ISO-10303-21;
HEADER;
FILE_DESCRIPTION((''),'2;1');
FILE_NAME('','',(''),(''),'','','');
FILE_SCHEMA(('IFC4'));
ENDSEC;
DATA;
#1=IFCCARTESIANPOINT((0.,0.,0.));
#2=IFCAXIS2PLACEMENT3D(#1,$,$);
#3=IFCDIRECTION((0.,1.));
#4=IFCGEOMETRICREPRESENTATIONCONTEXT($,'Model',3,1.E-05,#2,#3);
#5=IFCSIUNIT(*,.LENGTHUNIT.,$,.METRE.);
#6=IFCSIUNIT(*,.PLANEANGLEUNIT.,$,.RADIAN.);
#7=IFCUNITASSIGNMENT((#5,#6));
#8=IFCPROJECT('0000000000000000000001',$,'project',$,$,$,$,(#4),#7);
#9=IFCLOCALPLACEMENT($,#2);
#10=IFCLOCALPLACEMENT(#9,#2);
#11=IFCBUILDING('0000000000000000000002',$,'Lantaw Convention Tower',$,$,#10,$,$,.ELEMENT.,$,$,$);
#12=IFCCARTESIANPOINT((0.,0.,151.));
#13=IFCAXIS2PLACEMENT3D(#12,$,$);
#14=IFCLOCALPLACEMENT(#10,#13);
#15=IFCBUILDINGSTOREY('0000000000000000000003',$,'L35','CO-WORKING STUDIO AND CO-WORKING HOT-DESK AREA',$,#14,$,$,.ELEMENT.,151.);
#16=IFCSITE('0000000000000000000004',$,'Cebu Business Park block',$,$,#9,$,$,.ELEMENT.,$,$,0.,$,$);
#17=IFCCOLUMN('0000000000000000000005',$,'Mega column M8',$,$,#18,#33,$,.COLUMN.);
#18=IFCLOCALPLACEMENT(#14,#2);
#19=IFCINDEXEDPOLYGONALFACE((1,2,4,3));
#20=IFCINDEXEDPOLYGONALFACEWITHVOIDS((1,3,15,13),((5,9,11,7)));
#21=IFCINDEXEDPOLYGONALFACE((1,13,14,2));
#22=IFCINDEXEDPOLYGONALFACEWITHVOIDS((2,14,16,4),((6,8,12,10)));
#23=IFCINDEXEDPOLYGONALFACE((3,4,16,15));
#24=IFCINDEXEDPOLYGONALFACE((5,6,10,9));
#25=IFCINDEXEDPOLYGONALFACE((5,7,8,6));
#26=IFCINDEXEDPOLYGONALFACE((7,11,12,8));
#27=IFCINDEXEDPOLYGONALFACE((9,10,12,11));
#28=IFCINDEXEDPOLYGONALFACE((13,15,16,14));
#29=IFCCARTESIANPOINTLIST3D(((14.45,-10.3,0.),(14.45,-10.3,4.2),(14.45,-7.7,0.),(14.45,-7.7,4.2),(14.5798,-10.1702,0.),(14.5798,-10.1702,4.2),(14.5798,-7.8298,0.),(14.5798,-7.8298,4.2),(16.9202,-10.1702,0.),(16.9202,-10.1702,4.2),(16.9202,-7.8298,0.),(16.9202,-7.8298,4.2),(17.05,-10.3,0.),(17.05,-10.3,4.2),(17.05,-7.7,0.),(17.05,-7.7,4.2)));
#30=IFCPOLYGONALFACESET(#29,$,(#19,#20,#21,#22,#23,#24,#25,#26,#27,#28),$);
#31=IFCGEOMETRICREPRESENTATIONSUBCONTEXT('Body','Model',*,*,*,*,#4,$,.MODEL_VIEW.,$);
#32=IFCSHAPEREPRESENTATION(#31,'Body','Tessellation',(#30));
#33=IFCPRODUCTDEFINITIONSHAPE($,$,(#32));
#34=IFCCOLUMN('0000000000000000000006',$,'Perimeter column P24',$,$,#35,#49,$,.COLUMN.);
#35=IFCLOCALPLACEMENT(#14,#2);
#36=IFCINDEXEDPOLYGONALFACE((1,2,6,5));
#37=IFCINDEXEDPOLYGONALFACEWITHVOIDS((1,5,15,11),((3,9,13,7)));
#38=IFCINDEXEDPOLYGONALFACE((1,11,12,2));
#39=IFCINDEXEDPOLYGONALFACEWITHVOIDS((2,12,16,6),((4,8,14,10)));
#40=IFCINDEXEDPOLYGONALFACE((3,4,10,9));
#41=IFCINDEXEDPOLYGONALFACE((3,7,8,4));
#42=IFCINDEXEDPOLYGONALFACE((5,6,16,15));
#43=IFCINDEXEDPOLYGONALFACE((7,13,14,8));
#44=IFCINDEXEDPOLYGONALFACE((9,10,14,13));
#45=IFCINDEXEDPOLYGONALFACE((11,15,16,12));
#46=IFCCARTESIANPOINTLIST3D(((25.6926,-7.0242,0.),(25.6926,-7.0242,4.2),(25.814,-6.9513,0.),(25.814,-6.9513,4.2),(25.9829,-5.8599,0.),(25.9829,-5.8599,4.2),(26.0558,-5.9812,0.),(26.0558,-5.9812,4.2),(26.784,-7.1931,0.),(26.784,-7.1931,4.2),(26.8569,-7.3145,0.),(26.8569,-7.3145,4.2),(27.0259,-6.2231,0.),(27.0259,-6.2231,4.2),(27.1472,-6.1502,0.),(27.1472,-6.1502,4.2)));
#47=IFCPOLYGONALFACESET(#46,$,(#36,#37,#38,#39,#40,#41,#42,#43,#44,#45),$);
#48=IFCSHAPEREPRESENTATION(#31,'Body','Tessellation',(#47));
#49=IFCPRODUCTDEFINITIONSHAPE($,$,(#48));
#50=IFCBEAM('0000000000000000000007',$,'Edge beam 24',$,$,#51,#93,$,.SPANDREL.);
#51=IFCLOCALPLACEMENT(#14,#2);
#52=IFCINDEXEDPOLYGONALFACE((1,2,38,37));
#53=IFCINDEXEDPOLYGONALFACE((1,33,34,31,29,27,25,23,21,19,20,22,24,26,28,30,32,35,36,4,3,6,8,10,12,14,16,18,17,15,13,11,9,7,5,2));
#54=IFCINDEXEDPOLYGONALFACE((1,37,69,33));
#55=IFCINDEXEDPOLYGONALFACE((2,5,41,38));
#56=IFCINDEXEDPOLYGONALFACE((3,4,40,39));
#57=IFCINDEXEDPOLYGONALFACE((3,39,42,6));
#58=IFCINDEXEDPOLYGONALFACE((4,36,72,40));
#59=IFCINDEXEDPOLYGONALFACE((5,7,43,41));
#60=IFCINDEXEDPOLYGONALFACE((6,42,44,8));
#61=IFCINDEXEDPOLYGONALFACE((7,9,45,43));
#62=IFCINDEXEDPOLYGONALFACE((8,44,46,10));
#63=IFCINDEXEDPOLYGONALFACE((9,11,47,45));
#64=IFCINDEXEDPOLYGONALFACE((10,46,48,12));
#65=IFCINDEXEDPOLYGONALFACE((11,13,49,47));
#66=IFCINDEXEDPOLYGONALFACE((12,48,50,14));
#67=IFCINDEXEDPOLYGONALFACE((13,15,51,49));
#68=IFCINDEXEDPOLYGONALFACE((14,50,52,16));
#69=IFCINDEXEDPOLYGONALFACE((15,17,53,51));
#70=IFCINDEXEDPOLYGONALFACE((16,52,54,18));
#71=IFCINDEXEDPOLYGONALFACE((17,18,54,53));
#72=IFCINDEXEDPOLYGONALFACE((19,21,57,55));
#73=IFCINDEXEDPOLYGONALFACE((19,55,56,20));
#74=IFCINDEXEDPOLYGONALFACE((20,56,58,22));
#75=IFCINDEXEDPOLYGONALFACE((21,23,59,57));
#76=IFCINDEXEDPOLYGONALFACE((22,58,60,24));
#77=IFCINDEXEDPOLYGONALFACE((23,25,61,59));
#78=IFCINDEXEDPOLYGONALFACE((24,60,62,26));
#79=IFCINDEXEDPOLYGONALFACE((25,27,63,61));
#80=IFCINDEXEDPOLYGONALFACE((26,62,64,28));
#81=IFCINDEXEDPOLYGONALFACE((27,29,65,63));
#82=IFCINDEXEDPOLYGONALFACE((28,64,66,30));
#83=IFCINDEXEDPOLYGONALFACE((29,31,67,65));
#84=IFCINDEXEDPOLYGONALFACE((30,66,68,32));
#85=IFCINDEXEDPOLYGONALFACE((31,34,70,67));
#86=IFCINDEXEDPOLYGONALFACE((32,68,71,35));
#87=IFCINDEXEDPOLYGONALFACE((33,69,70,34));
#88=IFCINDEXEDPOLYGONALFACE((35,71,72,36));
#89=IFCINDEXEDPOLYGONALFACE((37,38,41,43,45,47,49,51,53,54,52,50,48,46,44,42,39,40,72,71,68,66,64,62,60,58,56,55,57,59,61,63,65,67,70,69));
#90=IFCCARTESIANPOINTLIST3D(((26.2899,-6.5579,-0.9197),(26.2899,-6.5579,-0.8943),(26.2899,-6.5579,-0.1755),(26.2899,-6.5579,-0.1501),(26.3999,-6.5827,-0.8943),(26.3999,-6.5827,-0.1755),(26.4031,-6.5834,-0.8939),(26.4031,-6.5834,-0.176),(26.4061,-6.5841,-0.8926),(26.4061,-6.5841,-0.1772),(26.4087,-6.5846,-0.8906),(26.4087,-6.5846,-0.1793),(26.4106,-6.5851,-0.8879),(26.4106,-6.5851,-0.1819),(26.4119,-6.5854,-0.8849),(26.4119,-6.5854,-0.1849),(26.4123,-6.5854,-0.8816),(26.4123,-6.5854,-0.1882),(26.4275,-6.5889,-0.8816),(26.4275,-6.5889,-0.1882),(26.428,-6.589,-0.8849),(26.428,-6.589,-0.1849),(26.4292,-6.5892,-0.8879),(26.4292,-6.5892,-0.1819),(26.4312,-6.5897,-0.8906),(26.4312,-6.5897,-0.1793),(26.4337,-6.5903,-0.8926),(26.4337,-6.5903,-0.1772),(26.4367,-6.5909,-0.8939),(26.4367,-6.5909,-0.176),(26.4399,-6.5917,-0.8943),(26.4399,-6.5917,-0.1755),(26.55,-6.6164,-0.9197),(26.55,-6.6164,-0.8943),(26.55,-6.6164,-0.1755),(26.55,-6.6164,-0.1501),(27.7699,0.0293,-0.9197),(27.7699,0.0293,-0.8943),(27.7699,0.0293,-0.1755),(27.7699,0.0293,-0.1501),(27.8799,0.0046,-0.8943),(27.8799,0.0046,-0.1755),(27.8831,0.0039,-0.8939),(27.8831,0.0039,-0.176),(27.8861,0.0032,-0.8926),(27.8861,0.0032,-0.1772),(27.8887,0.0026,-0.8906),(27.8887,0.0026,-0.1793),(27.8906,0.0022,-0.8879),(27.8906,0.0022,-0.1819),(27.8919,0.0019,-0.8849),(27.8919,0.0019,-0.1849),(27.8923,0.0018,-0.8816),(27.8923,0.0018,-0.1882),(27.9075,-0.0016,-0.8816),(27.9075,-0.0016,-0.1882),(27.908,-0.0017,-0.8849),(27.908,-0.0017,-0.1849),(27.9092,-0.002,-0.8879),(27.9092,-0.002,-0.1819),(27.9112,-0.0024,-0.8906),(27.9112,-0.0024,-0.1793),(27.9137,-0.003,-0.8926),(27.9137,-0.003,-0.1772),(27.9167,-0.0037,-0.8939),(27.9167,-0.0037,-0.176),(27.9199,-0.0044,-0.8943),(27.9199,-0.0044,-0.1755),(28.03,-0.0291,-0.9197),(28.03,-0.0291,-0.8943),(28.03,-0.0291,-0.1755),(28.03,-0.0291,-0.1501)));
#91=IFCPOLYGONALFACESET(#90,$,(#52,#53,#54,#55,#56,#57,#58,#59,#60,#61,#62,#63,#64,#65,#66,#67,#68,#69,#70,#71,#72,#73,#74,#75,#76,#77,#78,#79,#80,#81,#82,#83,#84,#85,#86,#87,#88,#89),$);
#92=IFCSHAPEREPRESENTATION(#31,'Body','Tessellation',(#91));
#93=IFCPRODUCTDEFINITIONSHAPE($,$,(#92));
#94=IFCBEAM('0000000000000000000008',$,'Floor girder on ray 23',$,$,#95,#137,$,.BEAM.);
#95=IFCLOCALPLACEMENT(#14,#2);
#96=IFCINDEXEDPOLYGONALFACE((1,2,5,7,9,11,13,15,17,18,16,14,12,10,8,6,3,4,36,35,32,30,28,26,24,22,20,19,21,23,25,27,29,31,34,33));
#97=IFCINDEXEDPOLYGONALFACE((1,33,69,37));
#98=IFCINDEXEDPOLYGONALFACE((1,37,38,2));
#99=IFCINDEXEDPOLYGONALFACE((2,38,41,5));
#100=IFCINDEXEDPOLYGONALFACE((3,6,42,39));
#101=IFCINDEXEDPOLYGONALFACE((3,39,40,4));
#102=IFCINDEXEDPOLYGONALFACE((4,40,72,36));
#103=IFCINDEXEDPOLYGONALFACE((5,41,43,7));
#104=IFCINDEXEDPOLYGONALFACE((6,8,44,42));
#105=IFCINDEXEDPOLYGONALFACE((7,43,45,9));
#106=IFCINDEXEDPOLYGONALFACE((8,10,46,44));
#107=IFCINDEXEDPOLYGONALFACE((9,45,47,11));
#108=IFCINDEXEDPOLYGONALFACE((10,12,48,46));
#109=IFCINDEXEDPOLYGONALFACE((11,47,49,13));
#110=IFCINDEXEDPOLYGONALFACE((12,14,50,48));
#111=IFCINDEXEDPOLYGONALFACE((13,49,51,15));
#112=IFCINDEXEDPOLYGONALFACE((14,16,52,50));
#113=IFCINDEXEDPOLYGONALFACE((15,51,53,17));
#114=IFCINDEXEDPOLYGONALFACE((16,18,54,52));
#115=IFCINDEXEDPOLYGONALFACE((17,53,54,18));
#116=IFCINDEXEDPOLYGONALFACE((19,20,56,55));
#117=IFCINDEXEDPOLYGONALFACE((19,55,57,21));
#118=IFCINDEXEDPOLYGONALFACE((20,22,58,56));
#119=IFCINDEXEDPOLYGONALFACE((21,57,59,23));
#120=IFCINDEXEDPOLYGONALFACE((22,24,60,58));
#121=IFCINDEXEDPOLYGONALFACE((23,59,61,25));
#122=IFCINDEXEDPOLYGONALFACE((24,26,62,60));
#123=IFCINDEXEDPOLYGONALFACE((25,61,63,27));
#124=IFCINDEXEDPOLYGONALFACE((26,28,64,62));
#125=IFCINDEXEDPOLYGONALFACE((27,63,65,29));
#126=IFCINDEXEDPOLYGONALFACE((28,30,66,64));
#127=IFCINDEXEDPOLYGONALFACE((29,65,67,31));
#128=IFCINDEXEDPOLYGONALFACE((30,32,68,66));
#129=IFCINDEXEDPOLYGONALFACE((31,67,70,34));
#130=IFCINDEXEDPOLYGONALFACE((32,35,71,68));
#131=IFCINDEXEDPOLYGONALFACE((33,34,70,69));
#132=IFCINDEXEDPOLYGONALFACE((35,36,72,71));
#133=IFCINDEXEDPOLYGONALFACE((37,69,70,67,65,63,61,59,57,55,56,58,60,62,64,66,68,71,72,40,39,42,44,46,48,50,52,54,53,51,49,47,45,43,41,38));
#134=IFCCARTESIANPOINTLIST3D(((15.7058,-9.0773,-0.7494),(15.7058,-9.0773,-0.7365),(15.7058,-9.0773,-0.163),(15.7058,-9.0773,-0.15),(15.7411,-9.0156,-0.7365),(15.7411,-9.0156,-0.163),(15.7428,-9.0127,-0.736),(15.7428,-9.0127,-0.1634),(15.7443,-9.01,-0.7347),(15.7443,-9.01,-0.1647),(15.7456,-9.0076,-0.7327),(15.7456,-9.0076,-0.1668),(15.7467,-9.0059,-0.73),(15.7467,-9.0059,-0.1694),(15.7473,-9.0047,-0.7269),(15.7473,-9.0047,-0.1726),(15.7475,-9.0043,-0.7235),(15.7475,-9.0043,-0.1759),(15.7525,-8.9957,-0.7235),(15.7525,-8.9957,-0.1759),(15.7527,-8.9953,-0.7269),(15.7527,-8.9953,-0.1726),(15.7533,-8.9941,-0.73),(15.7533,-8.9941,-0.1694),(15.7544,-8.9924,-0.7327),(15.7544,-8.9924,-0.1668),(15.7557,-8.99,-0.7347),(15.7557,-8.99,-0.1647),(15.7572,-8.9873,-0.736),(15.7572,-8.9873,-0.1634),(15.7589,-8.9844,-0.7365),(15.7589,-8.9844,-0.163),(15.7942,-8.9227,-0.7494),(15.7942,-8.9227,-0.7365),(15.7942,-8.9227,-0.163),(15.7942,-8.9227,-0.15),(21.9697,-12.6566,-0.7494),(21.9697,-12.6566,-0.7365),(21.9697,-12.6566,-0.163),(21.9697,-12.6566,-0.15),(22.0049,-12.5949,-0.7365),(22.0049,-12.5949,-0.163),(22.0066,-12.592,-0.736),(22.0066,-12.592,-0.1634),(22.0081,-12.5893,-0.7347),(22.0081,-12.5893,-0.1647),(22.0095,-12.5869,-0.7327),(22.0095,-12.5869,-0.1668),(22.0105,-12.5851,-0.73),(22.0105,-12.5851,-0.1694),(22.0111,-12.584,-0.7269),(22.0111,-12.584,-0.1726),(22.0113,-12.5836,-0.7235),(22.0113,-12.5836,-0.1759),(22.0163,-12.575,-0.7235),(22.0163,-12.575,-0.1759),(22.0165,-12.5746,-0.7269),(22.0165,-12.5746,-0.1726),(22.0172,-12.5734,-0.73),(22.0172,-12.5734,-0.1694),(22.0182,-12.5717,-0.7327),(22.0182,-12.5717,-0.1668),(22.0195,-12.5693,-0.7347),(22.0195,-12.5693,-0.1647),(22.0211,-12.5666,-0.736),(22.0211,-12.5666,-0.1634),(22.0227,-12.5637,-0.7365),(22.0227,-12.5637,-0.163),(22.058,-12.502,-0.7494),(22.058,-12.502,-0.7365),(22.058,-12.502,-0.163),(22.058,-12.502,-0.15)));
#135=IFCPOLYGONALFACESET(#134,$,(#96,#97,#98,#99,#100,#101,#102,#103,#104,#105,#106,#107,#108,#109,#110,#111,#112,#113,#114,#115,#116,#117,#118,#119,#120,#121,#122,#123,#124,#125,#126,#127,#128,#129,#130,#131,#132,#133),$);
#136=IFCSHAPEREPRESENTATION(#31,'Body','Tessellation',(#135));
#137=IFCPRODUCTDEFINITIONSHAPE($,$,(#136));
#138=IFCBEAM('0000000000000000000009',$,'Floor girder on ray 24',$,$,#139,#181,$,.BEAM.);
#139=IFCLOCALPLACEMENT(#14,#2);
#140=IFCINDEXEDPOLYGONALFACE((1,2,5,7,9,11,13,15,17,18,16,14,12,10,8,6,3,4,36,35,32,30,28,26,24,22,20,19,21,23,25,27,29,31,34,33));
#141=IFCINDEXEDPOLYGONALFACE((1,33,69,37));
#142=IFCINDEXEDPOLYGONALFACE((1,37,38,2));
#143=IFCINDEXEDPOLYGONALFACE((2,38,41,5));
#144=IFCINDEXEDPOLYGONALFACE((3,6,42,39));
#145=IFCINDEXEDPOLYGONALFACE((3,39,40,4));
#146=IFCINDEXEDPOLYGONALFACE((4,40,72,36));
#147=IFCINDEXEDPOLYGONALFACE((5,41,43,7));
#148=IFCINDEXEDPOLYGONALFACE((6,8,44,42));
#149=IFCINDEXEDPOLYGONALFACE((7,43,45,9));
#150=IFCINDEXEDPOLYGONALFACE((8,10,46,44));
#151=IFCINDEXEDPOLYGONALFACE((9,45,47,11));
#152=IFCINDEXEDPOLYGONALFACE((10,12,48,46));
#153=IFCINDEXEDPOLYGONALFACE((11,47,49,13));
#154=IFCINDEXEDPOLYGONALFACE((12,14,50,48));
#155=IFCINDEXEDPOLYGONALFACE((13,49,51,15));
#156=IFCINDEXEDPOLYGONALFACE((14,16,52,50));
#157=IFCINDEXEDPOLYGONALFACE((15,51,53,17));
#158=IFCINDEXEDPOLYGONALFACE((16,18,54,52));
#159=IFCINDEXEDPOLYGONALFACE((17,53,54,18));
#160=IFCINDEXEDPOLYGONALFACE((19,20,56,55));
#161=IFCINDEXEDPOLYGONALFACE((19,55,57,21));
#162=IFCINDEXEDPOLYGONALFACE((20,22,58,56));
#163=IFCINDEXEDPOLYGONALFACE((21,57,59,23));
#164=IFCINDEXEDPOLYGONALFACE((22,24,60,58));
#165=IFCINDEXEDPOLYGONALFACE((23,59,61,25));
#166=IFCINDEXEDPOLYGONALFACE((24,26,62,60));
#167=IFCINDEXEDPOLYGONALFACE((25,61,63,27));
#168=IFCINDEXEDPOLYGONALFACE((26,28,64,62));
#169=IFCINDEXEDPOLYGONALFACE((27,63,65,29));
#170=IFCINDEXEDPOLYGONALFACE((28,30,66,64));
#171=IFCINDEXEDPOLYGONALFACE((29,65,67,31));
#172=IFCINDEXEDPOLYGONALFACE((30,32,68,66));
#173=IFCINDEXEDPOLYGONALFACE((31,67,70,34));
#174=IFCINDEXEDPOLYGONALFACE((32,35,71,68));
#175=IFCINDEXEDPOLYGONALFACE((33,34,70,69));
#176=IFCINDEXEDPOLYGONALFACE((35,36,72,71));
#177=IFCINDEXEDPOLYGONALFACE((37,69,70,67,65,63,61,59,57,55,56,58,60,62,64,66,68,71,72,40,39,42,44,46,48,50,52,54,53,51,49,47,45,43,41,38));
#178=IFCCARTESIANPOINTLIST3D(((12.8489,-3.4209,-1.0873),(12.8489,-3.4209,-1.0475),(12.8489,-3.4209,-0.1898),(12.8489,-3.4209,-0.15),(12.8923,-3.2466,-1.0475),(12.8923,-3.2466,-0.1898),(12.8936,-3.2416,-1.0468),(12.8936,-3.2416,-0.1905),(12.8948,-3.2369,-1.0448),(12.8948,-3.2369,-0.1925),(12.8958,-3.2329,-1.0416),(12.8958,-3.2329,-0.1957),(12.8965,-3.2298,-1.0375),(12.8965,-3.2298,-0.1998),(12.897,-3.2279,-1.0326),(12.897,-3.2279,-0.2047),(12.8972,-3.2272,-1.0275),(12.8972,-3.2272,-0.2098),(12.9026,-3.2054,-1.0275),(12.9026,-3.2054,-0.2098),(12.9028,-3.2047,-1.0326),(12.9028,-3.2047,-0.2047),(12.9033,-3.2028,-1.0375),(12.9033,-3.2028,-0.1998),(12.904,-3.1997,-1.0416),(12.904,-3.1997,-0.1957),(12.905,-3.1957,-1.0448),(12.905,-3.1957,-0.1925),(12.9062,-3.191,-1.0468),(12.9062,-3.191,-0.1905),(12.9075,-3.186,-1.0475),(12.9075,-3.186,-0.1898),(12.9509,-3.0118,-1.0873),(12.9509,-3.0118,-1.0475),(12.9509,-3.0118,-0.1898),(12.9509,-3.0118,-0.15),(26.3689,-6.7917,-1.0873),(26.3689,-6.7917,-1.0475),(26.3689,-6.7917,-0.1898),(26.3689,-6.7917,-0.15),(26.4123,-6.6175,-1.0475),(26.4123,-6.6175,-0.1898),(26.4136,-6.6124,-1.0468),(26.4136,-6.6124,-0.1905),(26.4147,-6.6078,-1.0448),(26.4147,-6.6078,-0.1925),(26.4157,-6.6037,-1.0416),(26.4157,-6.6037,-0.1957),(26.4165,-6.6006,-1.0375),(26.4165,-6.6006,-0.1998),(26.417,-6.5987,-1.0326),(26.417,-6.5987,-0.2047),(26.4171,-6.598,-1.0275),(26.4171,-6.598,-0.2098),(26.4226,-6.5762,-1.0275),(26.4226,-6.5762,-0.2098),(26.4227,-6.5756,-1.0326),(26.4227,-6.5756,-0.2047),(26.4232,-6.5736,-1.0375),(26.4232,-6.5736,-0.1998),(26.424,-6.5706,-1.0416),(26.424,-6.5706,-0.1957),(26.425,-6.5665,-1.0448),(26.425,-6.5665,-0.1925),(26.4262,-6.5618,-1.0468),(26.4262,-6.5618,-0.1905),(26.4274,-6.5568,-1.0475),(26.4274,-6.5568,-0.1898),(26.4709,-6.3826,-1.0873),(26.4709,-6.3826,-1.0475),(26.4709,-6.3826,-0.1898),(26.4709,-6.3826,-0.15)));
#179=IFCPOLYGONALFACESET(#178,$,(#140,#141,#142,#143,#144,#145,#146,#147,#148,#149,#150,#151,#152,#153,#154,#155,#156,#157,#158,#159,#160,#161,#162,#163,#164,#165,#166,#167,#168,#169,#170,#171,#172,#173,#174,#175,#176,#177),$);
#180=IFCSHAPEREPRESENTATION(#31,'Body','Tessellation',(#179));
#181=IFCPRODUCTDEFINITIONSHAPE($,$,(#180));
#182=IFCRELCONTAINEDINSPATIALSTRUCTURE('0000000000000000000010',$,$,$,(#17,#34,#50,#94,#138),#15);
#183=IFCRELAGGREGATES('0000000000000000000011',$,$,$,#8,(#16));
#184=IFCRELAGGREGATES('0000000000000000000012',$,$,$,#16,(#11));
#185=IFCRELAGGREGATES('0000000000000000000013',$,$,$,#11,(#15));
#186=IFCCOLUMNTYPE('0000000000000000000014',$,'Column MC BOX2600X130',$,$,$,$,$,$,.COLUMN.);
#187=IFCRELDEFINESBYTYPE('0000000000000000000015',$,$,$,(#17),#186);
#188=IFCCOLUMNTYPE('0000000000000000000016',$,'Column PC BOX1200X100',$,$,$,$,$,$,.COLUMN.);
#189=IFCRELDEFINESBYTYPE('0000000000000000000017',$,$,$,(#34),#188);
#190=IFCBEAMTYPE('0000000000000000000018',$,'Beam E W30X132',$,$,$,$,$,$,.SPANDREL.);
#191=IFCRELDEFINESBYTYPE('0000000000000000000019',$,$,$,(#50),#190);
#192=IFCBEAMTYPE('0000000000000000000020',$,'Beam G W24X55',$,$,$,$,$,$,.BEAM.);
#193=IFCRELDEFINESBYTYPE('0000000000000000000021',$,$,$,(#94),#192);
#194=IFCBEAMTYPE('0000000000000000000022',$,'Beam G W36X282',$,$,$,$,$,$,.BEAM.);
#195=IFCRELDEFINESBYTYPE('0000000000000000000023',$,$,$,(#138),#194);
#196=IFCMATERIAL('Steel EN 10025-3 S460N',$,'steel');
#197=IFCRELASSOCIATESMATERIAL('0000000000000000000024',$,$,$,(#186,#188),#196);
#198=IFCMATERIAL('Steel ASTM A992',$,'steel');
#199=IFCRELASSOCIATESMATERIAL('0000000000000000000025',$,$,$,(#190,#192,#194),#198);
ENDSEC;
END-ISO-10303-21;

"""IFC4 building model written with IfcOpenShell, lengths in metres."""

from ifc_helpers import new_model, si_unit, direction, frame, origin, origin_2d, place, context, subcontext, project, spatial, rectangle, hollow_rectangle, i_section, extrude, material, material_profile, profile_set, type_object, element, save


model = new_model("IFC4")

# Units and contexts
model_context = context("Model", 3, precision=1e-05, world=origin(), true_north=direction((0.0, 1.0)))
body_context = subcontext(model_context, "Body", "Model", "MODEL_VIEW")
ifc_project = project(units=[si_unit("LENGTHUNIT", "METRE"), si_unit("PLANEANGLEUNIT", "RADIAN")], contexts=[model_context])

# Site, building, storey
site_placement = place(None, origin())
site = spatial("IfcSite", under=ifc_project, at=site_placement, Name="Cebu Business Park block", CompositionType="ELEMENT", RefElevation=0.0)
building_placement = place(site_placement, origin())
building = spatial("IfcBuilding", under=site, at=building_placement, Name="Lantaw Convention Tower", CompositionType="ELEMENT")
storey_placement = place(building_placement, frame((0.0, 0.0, 151.0)))
storey = spatial("IfcBuildingStorey", under=building, at=storey_placement, Name="L35", Description="CO-WORKING STUDIO AND CO-WORKING HOT-DESK AREA", CompositionType="ELEMENT", Elevation=151.0)

# Columns
ifc_material_1 = material(Name="Steel EN 10025-3 S460N", Category="steel")
ifc_material_profile_1 = material_profile(ifc_material_1, hollow_rectangle(XDim=2.6001, YDim=2.6001, WallThickness=0.1299, at=origin_2d()), Name="BOX2600X130")
ifc_material_2 = material(Name="Concrete C60/75", Category="concrete")
ifc_material_profile_2 = material_profile(ifc_material_2, rectangle(XDim=2.3401, YDim=2.3401, at=origin_2d()), Name="Concrete fill of BOX2600X130")
ifc_profile_set_1 = profile_set([ifc_material_profile_1, ifc_material_profile_2], Name="Steel EN 10025-3 S460N")
column_type_1 = type_object("IfcColumnType", Name="Column MC BOX2600X130", PredefinedType="COLUMN", material=ifc_profile_set_1)
column_1_placement = place(storey_placement, frame((15.75, -9.0, 0.0), z_axis=(0.0, 0.0, 1.0), x_axis=(1.0, 0.0, 0.0)))
element("IfcColumn", 1, at=column_1_placement, inside=storey, type_object=column_type_1, Name="Mega column M8", PredefinedType="COLUMN", context=body_context, shape_type="SweptSolid", body=[
    extrude(hollow_rectangle(XDim=2.6001, YDim=2.6001, WallThickness=0.1299, at=origin_2d()), origin(), (0.0, 0.0, 1.0), 4.2),
])
ifc_material_profile_3 = material_profile(ifc_material_1, hollow_rectangle(XDim=1.2, YDim=1.2, WallThickness=0.1001, at=origin_2d()), Name="BOX1200X100")
ifc_material_profile_4 = material_profile(ifc_material_2, rectangle(XDim=1.0, YDim=1.0, at=origin_2d()), Name="Concrete fill of BOX1200X100")
ifc_profile_set_2 = profile_set([ifc_material_profile_3, ifc_material_profile_4], Name="Steel EN 10025-3 S460N")
column_type_2 = type_object("IfcColumnType", Name="Column PC BOX1200X100", PredefinedType="COLUMN", material=ifc_profile_set_2)
column_2_placement = place(storey_placement, frame((26.4199, -6.5872, 0.0), z_axis=(0.0, 0.0, 1.0), x_axis=(0.241922, 0.970296, 0.0)))
element("IfcColumn", 2, at=column_2_placement, inside=storey, type_object=column_type_2, Name="Perimeter column P24", PredefinedType="COLUMN", context=body_context, shape_type="SweptSolid", body=[
    extrude(hollow_rectangle(XDim=1.2, YDim=1.2, WallThickness=0.1001, at=origin_2d()), origin(), (0.0, 0.0, 1.0), 4.2),
])

# Beams
ifc_material_3 = material(Name="Steel ASTM A992", Category="steel")
ifc_material_profile_5 = material_profile(ifc_material_3, i_section(OverallWidth=0.2666, OverallDepth=0.7695, WebThickness=0.0156, FlangeThickness=0.0254, FilletRadius=0.0127, at=origin_2d()), Name="W30X132")
ifc_profile_set_3 = profile_set([ifc_material_profile_5], Name="Steel ASTM A992")
beam_type_1 = type_object("IfcBeamType", Name="Beam E W30X132", PredefinedType="SPANDREL", material=ifc_profile_set_3)
beam_1_placement = place(storey_placement, frame((26.4199, -6.5872, -0.5349), z_axis=(0.219212, 0.975677, 0.0), x_axis=(-0.975677, 0.219212, 0.0)))
element("IfcBeam", 3, at=beam_1_placement, inside=storey, type_object=beam_type_1, Name="Edge beam 24", PredefinedType="SPANDREL", context=body_context, shape_type="SweptSolid", body=[
    extrude(i_section(OverallWidth=0.2666, OverallDepth=0.7695, WebThickness=0.0156, FlangeThickness=0.0254, FilletRadius=0.0127, at=origin_2d()), origin(), (0.0, 0.0, 1.0), 6.7515),
])
ifc_material_profile_6 = material_profile(ifc_material_3, i_section(OverallWidth=0.178, OverallDepth=0.5994, WebThickness=0.01, FlangeThickness=0.0129, FilletRadius=0.0129, at=origin_2d()), Name="W24X55")
ifc_profile_set_4 = profile_set([ifc_material_profile_6], Name="Steel ASTM A992")
beam_type_2 = type_object("IfcBeamType", Name="Beam G W24X55", PredefinedType="BEAM", material=ifc_profile_set_4)
beam_2_placement = place(storey_placement, frame((15.75, -9.0, -0.4497), z_axis=(0.868245, -0.496135, 0.0), x_axis=(0.496135, 0.868245, 0.0)))
element("IfcBeam", 4, at=beam_2_placement, inside=storey, type_object=beam_type_2, Name="Floor girder on ray 23", PredefinedType="BEAM", context=body_context, shape_type="SweptSolid", body=[
    extrude(i_section(OverallWidth=0.178, OverallDepth=0.5994, WebThickness=0.01, FlangeThickness=0.0129, FilletRadius=0.0129, at=origin_2d()), origin(), (0.0, 0.0, 1.0), 7.2144),
])
ifc_material_profile_7 = material_profile(ifc_material_3, i_section(OverallWidth=0.4216, OverallDepth=0.9373, WebThickness=0.0225, FlangeThickness=0.0398, FilletRadius=0.02, at=origin_2d()), Name="W36X282")
ifc_profile_set_5 = profile_set([ifc_material_profile_7], Name="Steel ASTM A992")
beam_type_3 = type_object("IfcBeamType", Name="Beam G W36X282", PredefinedType="BEAM", material=ifc_profile_set_5)
beam_3_placement = place(storey_placement, frame((12.8999, -3.2163, -0.6187), z_axis=(0.970297, -0.241917, 0.0), x_axis=(0.241917, 0.970297, 0.0)))
element("IfcBeam", 5, at=beam_3_placement, inside=storey, type_object=beam_type_3, Name="Floor girder on ray 24", PredefinedType="BEAM", context=body_context, shape_type="SweptSolid", body=[
    extrude(i_section(OverallWidth=0.4216, OverallDepth=0.9373, WebThickness=0.0225, FlangeThickness=0.0398, FilletRadius=0.02, at=origin_2d()), origin(), (0.0, 0.0, 1.0), 13.9338),
])

save(model, "model.ifc")
